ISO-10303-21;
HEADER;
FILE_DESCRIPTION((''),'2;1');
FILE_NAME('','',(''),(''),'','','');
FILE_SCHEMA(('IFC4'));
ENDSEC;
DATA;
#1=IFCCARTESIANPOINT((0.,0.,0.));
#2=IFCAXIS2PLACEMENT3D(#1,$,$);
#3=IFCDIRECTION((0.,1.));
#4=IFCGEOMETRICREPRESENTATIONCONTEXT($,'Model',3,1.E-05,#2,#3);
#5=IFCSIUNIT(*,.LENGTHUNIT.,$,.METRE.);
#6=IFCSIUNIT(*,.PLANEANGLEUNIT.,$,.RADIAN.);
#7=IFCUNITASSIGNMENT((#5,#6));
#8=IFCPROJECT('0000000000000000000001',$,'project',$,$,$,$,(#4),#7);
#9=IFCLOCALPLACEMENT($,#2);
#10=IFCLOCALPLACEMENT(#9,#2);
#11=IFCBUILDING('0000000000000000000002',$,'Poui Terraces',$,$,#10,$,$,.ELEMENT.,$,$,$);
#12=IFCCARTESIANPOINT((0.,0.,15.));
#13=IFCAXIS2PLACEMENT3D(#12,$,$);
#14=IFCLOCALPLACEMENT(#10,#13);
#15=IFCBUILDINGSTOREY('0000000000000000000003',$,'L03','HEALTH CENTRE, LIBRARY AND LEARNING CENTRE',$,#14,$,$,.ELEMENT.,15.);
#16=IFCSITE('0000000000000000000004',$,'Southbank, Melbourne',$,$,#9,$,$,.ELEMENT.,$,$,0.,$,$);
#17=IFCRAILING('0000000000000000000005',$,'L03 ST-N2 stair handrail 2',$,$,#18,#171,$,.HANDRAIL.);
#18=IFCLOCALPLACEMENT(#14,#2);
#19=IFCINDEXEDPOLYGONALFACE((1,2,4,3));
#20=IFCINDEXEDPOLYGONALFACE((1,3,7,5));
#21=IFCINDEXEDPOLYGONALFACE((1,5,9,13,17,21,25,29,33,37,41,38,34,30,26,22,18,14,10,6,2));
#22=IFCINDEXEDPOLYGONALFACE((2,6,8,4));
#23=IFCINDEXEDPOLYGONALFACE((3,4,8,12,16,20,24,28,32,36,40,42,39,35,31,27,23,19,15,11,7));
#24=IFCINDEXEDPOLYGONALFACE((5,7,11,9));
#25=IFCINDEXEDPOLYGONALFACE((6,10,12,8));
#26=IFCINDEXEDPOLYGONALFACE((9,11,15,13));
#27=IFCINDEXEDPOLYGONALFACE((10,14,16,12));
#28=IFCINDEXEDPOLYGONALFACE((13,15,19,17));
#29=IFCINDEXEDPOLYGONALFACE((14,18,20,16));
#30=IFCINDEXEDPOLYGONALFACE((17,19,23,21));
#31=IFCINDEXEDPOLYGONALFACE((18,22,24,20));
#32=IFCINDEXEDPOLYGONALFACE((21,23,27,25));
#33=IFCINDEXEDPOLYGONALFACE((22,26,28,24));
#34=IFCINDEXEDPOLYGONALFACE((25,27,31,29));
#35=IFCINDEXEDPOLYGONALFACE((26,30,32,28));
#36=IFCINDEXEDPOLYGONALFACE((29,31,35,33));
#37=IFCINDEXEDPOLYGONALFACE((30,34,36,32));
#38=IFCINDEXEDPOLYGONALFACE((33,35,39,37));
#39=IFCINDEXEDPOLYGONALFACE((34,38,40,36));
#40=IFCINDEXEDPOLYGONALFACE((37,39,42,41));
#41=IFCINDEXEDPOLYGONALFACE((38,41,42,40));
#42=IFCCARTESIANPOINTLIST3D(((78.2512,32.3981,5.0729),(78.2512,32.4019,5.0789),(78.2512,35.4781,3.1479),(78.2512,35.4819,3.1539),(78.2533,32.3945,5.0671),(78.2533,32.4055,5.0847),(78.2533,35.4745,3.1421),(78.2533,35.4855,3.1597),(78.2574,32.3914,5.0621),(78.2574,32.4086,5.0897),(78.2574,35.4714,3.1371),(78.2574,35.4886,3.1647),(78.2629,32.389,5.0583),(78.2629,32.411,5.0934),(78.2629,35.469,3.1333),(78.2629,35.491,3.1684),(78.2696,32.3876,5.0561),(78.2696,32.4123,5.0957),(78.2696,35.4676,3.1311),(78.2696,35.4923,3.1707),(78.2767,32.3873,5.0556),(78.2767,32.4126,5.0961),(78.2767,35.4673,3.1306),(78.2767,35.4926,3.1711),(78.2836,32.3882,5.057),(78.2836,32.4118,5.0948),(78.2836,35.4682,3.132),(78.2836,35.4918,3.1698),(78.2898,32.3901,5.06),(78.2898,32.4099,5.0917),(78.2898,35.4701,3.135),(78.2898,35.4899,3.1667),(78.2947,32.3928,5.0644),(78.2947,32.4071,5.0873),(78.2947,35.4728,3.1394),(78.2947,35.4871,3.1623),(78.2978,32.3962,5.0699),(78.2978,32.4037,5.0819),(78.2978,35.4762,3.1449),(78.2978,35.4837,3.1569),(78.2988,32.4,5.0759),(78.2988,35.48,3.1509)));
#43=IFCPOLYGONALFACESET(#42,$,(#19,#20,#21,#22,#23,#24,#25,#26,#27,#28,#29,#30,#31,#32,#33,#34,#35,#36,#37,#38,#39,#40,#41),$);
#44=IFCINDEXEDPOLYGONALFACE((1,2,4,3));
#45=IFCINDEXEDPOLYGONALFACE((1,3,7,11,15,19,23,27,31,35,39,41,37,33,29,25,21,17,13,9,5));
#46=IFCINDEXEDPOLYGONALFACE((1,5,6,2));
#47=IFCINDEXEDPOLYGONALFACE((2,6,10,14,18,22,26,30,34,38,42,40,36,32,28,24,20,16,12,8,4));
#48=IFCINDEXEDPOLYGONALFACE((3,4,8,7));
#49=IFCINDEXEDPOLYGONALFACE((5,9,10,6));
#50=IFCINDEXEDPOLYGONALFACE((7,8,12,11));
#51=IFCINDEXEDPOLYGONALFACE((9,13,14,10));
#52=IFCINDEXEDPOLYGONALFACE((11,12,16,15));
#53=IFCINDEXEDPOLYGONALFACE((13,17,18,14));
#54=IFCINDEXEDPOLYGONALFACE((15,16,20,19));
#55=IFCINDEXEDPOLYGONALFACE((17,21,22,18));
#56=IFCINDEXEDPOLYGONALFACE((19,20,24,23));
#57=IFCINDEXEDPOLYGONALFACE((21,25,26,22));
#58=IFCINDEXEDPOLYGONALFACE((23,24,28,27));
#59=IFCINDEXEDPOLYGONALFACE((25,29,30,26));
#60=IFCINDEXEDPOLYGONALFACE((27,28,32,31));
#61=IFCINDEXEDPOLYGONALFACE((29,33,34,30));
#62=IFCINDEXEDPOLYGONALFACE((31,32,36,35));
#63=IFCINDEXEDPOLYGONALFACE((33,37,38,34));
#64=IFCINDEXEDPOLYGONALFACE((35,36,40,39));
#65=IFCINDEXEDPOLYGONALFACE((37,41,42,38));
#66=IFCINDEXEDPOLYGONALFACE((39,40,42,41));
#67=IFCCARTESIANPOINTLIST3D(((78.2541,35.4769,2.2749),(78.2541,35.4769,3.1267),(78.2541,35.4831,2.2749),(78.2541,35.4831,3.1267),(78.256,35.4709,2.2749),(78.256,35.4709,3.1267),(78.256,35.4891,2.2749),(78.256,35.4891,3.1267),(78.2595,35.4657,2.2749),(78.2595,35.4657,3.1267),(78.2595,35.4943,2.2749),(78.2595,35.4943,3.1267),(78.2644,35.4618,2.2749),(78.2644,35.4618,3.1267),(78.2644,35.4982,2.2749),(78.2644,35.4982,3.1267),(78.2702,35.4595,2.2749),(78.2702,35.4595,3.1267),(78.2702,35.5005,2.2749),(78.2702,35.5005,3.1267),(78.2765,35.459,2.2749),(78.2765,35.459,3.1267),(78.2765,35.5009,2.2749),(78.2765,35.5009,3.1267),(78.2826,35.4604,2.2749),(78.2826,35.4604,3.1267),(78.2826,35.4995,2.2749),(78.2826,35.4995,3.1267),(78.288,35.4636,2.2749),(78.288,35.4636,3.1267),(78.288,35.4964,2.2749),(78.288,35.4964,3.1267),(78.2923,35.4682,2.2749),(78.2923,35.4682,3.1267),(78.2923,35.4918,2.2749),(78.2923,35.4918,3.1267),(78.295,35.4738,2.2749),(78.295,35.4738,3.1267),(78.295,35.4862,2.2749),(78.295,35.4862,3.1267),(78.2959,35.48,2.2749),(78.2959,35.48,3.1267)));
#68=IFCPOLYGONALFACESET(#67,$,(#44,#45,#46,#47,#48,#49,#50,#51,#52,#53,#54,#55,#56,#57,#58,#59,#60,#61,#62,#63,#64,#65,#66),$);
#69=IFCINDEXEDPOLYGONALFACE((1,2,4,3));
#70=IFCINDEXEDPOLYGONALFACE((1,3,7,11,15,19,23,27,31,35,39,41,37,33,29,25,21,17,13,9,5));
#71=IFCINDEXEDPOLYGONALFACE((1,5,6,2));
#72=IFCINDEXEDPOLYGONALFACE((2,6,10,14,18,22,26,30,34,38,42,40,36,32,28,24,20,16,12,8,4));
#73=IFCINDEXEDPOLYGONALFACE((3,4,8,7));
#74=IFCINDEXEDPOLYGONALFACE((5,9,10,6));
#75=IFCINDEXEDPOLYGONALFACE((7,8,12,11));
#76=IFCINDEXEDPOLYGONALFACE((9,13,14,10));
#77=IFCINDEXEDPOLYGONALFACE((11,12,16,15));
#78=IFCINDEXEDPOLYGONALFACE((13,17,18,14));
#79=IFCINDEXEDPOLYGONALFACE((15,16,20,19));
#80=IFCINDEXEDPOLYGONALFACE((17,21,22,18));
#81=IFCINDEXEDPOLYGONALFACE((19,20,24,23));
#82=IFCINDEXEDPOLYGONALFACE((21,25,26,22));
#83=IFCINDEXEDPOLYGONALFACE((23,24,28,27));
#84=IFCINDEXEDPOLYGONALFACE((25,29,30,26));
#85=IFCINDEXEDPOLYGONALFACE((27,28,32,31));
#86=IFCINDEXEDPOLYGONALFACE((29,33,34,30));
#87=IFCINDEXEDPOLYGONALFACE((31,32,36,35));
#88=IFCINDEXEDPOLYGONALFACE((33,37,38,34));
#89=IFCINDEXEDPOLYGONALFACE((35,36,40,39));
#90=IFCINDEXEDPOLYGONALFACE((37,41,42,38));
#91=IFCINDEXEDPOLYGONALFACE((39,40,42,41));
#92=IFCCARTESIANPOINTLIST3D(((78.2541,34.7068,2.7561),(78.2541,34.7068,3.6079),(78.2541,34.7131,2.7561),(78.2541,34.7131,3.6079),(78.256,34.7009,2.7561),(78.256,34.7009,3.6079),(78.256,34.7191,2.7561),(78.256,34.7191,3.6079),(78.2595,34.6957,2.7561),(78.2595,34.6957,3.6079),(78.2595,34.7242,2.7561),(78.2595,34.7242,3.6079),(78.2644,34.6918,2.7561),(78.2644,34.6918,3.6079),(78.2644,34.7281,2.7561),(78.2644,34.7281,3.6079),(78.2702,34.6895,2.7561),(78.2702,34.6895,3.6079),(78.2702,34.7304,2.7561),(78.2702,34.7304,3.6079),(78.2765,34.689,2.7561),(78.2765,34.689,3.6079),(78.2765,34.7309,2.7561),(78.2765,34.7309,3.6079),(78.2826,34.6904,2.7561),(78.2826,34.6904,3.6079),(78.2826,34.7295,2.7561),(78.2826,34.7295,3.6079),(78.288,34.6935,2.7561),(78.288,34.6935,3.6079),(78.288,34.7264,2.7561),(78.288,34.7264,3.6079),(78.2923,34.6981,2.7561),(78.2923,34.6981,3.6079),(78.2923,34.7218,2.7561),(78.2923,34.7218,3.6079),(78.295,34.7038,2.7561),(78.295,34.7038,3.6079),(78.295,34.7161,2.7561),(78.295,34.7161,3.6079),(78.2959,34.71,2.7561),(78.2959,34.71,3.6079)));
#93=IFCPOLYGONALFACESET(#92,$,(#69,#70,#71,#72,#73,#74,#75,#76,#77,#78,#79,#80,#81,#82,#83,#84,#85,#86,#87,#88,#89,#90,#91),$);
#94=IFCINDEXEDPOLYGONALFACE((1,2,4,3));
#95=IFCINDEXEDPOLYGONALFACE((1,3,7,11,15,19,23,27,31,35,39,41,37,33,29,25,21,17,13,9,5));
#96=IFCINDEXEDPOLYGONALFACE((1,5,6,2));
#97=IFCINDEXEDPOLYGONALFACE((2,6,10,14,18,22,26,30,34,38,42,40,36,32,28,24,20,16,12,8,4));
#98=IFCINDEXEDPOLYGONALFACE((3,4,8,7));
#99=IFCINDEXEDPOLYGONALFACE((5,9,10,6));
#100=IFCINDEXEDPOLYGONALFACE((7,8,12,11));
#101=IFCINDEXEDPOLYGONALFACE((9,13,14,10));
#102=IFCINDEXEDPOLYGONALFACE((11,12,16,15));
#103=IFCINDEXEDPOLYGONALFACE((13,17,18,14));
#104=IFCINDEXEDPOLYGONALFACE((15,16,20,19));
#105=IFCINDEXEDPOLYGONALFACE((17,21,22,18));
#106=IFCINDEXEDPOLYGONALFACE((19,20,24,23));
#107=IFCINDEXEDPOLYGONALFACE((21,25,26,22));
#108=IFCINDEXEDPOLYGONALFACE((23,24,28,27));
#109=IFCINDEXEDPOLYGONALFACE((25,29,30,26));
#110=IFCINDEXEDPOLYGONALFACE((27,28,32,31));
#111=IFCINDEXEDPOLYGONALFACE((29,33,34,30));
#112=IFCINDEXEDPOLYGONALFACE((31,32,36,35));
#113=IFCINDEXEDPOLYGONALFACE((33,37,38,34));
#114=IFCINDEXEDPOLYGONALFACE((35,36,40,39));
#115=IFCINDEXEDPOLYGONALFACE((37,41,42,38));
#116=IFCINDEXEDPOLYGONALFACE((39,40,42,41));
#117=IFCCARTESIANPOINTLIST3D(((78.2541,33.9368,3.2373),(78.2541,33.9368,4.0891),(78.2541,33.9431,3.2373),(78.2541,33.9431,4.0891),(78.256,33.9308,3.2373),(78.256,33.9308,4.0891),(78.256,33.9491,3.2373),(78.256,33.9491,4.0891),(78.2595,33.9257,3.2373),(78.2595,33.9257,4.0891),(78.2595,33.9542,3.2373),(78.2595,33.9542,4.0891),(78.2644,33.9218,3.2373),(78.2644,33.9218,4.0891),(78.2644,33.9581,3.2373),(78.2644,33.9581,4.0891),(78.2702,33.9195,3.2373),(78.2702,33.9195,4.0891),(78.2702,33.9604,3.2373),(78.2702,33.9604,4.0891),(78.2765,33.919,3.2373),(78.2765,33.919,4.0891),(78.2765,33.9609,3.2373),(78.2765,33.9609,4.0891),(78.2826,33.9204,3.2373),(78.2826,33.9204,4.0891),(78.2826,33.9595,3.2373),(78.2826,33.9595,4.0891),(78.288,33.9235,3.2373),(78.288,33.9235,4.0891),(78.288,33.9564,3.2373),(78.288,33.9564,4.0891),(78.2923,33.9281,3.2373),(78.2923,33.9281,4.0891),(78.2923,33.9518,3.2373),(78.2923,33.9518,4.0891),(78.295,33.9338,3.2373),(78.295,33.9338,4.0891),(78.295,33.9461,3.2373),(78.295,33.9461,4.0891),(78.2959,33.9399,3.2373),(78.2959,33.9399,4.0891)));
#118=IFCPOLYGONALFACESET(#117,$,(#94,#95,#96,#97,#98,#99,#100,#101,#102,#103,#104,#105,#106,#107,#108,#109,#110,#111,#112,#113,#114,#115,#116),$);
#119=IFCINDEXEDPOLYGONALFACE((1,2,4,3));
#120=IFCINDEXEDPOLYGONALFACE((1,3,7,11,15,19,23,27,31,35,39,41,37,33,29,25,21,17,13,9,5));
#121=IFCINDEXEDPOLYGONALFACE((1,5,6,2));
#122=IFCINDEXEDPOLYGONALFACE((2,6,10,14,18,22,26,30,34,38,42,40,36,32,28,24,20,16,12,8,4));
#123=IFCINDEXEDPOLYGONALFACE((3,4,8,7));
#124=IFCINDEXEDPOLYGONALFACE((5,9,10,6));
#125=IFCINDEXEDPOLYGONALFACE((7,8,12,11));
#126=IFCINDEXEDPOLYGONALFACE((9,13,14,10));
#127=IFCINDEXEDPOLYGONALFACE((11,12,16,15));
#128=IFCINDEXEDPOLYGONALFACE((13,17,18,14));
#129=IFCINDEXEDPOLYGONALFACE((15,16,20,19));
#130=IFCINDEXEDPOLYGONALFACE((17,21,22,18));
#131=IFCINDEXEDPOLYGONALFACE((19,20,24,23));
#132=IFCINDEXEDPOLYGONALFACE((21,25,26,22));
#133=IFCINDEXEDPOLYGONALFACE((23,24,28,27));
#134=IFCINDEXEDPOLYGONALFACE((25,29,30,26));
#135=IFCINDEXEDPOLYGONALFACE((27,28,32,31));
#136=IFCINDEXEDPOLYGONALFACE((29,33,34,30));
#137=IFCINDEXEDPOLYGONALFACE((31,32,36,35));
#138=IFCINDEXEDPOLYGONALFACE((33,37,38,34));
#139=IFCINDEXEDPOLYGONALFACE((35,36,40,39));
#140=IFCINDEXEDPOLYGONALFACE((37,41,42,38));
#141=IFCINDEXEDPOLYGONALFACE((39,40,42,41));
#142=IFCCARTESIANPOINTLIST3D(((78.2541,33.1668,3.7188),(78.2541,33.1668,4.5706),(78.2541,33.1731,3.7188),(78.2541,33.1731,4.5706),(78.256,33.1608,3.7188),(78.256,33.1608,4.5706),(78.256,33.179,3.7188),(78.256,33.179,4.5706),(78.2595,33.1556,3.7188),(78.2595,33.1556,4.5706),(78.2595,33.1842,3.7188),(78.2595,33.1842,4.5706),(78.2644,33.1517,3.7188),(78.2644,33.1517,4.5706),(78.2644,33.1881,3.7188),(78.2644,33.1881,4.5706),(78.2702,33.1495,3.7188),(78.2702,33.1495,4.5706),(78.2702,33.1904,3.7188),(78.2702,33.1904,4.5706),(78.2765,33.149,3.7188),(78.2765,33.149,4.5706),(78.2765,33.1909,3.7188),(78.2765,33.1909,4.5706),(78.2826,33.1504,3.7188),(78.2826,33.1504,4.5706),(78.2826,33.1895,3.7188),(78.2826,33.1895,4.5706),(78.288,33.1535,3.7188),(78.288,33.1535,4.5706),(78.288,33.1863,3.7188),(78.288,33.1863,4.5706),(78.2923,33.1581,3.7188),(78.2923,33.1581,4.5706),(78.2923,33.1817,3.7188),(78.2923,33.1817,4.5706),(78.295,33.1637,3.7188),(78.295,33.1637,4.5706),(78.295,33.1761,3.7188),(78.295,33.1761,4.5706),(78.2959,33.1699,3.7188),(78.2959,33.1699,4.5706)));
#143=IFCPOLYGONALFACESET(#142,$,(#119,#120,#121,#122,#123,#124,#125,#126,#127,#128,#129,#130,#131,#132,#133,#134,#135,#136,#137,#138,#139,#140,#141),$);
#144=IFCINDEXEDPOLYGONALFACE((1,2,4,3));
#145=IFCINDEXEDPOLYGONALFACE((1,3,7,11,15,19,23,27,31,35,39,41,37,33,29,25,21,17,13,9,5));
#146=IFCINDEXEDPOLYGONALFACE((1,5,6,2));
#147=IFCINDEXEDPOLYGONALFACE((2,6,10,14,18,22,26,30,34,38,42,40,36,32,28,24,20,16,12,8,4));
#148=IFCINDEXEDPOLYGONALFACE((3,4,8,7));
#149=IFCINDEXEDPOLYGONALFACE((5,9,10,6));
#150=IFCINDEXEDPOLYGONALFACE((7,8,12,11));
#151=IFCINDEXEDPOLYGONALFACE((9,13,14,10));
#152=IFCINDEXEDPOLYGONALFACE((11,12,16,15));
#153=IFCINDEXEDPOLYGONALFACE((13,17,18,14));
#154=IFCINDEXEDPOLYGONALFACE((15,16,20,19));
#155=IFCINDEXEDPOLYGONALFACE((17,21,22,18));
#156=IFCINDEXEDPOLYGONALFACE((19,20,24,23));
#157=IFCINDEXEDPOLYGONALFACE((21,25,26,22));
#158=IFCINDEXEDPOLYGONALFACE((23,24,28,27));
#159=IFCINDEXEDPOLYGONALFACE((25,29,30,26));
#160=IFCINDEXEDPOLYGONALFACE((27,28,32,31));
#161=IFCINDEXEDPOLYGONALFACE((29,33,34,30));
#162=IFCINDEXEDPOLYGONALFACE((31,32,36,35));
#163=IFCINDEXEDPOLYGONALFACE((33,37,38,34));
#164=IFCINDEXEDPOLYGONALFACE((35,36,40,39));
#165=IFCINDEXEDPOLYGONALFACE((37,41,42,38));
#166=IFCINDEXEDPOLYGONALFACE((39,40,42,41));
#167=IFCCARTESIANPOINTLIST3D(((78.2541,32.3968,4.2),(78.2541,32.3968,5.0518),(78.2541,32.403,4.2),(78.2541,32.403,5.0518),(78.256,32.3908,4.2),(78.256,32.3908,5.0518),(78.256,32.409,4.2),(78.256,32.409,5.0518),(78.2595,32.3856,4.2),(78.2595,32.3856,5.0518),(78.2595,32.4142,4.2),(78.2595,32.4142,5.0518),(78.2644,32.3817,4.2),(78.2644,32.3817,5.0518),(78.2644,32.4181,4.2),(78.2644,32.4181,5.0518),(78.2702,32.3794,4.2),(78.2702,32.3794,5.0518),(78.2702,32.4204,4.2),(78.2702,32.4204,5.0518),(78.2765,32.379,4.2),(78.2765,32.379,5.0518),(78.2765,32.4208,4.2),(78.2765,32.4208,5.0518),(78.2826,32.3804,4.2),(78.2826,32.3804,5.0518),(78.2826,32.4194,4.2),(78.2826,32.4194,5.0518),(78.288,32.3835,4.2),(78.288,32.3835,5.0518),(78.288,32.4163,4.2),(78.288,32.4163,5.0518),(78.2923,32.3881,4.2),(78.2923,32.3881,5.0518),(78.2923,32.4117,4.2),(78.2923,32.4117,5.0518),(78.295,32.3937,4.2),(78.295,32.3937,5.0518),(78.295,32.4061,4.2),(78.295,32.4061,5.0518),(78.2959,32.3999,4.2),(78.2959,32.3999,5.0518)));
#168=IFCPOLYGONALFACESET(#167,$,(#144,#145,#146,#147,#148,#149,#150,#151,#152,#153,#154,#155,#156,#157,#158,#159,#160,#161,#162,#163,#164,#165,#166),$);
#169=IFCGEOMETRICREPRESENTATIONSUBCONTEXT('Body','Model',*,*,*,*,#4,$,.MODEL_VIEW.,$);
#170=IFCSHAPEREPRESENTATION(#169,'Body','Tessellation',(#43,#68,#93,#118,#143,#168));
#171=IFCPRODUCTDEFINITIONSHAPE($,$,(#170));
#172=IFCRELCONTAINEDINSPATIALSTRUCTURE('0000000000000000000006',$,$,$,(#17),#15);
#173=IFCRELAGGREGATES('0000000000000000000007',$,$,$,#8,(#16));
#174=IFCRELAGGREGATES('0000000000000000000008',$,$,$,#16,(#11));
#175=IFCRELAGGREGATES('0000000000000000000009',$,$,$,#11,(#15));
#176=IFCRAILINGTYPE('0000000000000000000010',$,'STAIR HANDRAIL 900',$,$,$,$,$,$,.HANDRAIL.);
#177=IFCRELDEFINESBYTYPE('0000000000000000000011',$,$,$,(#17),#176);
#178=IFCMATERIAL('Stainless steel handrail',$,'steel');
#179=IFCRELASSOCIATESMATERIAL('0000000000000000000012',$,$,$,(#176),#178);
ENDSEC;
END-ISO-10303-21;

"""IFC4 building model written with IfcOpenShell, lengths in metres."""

from ifc_helpers import new_model, si_unit, direction, frame, origin, origin_2d, place, context, subcontext, project, spatial, circle, extrude, material, type_object, element, save


model = new_model("IFC4")

# Units and contexts
model_context = context("Model", 3, precision=1e-05, world=origin(), true_north=direction((0.0, 1.0)))
body_context = subcontext(model_context, "Body", "Model", "MODEL_VIEW")
ifc_project = project(units=[si_unit("LENGTHUNIT", "METRE"), si_unit("PLANEANGLEUNIT", "RADIAN")], contexts=[model_context])

# Site, building, storey
site_placement = place(None, origin())
site = spatial("IfcSite", under=ifc_project, at=site_placement, Name="Southbank, Melbourne", CompositionType="ELEMENT", RefElevation=0.0)
building_placement = place(site_placement, origin())
building = spatial("IfcBuilding", under=site, at=building_placement, Name="Poui Terraces", CompositionType="ELEMENT")
storey_placement = place(building_placement, frame((0.0, 0.0, 15.0)))
storey = spatial("IfcBuildingStorey", under=building, at=storey_placement, Name="L03", Description="HEALTH CENTRE, LIBRARY AND LEARNING CENTRE", CompositionType="ELEMENT", Elevation=15.0)

# Railing
ifc_material_1 = material(Name="Stainless steel handrail", Category="steel")
railing_type_1 = type_object("IfcRailingType", Name="STAIR HANDRAIL 900", PredefinedType="HANDRAIL", material=ifc_material_1)
railing_1_placement = place(storey_placement, frame((78.2749, 35.48, 2.2749)))
element("IfcRailing", 1, at=railing_1_placement, inside=storey, type_object=railing_type_1, Name="L03 ST-N2 stair handrail 2", PredefinedType="HANDRAIL", context=body_context, shape_type="SweptSolid", body=[
    extrude(circle(Radius=0.0239, at=origin_2d()), frame((0.0, 0.0, 0.876), z_axis=(0.0, -0.847998, 0.529999), x_axis=(1.0, 0.0, 0.0)), (0.0, 0.0, 1.0), 3.6321),
    extrude(circle(Radius=0.021, at=origin_2d()), origin(), (0.0, 0.0, 1.0), 0.8518),
    extrude(circle(Radius=0.021, at=origin_2d()), frame((0.0, -0.77, 0.4812)), (0.0, 0.0, 1.0), 0.8518),
    extrude(circle(Radius=0.021, at=origin_2d()), frame((0.0, -1.54, 0.9624)), (0.0, 0.0, 1.0), 0.8518),
    extrude(circle(Radius=0.021, at=origin_2d()), frame((0.0, -2.3101, 1.4438)), (0.0, 0.0, 1.0), 0.8518),
    extrude(circle(Radius=0.021, at=origin_2d()), frame((0.0, -3.0801, 1.925)), (0.0, 0.0, 1.0), 0.8518),
])

save(model, "model.ifc")
